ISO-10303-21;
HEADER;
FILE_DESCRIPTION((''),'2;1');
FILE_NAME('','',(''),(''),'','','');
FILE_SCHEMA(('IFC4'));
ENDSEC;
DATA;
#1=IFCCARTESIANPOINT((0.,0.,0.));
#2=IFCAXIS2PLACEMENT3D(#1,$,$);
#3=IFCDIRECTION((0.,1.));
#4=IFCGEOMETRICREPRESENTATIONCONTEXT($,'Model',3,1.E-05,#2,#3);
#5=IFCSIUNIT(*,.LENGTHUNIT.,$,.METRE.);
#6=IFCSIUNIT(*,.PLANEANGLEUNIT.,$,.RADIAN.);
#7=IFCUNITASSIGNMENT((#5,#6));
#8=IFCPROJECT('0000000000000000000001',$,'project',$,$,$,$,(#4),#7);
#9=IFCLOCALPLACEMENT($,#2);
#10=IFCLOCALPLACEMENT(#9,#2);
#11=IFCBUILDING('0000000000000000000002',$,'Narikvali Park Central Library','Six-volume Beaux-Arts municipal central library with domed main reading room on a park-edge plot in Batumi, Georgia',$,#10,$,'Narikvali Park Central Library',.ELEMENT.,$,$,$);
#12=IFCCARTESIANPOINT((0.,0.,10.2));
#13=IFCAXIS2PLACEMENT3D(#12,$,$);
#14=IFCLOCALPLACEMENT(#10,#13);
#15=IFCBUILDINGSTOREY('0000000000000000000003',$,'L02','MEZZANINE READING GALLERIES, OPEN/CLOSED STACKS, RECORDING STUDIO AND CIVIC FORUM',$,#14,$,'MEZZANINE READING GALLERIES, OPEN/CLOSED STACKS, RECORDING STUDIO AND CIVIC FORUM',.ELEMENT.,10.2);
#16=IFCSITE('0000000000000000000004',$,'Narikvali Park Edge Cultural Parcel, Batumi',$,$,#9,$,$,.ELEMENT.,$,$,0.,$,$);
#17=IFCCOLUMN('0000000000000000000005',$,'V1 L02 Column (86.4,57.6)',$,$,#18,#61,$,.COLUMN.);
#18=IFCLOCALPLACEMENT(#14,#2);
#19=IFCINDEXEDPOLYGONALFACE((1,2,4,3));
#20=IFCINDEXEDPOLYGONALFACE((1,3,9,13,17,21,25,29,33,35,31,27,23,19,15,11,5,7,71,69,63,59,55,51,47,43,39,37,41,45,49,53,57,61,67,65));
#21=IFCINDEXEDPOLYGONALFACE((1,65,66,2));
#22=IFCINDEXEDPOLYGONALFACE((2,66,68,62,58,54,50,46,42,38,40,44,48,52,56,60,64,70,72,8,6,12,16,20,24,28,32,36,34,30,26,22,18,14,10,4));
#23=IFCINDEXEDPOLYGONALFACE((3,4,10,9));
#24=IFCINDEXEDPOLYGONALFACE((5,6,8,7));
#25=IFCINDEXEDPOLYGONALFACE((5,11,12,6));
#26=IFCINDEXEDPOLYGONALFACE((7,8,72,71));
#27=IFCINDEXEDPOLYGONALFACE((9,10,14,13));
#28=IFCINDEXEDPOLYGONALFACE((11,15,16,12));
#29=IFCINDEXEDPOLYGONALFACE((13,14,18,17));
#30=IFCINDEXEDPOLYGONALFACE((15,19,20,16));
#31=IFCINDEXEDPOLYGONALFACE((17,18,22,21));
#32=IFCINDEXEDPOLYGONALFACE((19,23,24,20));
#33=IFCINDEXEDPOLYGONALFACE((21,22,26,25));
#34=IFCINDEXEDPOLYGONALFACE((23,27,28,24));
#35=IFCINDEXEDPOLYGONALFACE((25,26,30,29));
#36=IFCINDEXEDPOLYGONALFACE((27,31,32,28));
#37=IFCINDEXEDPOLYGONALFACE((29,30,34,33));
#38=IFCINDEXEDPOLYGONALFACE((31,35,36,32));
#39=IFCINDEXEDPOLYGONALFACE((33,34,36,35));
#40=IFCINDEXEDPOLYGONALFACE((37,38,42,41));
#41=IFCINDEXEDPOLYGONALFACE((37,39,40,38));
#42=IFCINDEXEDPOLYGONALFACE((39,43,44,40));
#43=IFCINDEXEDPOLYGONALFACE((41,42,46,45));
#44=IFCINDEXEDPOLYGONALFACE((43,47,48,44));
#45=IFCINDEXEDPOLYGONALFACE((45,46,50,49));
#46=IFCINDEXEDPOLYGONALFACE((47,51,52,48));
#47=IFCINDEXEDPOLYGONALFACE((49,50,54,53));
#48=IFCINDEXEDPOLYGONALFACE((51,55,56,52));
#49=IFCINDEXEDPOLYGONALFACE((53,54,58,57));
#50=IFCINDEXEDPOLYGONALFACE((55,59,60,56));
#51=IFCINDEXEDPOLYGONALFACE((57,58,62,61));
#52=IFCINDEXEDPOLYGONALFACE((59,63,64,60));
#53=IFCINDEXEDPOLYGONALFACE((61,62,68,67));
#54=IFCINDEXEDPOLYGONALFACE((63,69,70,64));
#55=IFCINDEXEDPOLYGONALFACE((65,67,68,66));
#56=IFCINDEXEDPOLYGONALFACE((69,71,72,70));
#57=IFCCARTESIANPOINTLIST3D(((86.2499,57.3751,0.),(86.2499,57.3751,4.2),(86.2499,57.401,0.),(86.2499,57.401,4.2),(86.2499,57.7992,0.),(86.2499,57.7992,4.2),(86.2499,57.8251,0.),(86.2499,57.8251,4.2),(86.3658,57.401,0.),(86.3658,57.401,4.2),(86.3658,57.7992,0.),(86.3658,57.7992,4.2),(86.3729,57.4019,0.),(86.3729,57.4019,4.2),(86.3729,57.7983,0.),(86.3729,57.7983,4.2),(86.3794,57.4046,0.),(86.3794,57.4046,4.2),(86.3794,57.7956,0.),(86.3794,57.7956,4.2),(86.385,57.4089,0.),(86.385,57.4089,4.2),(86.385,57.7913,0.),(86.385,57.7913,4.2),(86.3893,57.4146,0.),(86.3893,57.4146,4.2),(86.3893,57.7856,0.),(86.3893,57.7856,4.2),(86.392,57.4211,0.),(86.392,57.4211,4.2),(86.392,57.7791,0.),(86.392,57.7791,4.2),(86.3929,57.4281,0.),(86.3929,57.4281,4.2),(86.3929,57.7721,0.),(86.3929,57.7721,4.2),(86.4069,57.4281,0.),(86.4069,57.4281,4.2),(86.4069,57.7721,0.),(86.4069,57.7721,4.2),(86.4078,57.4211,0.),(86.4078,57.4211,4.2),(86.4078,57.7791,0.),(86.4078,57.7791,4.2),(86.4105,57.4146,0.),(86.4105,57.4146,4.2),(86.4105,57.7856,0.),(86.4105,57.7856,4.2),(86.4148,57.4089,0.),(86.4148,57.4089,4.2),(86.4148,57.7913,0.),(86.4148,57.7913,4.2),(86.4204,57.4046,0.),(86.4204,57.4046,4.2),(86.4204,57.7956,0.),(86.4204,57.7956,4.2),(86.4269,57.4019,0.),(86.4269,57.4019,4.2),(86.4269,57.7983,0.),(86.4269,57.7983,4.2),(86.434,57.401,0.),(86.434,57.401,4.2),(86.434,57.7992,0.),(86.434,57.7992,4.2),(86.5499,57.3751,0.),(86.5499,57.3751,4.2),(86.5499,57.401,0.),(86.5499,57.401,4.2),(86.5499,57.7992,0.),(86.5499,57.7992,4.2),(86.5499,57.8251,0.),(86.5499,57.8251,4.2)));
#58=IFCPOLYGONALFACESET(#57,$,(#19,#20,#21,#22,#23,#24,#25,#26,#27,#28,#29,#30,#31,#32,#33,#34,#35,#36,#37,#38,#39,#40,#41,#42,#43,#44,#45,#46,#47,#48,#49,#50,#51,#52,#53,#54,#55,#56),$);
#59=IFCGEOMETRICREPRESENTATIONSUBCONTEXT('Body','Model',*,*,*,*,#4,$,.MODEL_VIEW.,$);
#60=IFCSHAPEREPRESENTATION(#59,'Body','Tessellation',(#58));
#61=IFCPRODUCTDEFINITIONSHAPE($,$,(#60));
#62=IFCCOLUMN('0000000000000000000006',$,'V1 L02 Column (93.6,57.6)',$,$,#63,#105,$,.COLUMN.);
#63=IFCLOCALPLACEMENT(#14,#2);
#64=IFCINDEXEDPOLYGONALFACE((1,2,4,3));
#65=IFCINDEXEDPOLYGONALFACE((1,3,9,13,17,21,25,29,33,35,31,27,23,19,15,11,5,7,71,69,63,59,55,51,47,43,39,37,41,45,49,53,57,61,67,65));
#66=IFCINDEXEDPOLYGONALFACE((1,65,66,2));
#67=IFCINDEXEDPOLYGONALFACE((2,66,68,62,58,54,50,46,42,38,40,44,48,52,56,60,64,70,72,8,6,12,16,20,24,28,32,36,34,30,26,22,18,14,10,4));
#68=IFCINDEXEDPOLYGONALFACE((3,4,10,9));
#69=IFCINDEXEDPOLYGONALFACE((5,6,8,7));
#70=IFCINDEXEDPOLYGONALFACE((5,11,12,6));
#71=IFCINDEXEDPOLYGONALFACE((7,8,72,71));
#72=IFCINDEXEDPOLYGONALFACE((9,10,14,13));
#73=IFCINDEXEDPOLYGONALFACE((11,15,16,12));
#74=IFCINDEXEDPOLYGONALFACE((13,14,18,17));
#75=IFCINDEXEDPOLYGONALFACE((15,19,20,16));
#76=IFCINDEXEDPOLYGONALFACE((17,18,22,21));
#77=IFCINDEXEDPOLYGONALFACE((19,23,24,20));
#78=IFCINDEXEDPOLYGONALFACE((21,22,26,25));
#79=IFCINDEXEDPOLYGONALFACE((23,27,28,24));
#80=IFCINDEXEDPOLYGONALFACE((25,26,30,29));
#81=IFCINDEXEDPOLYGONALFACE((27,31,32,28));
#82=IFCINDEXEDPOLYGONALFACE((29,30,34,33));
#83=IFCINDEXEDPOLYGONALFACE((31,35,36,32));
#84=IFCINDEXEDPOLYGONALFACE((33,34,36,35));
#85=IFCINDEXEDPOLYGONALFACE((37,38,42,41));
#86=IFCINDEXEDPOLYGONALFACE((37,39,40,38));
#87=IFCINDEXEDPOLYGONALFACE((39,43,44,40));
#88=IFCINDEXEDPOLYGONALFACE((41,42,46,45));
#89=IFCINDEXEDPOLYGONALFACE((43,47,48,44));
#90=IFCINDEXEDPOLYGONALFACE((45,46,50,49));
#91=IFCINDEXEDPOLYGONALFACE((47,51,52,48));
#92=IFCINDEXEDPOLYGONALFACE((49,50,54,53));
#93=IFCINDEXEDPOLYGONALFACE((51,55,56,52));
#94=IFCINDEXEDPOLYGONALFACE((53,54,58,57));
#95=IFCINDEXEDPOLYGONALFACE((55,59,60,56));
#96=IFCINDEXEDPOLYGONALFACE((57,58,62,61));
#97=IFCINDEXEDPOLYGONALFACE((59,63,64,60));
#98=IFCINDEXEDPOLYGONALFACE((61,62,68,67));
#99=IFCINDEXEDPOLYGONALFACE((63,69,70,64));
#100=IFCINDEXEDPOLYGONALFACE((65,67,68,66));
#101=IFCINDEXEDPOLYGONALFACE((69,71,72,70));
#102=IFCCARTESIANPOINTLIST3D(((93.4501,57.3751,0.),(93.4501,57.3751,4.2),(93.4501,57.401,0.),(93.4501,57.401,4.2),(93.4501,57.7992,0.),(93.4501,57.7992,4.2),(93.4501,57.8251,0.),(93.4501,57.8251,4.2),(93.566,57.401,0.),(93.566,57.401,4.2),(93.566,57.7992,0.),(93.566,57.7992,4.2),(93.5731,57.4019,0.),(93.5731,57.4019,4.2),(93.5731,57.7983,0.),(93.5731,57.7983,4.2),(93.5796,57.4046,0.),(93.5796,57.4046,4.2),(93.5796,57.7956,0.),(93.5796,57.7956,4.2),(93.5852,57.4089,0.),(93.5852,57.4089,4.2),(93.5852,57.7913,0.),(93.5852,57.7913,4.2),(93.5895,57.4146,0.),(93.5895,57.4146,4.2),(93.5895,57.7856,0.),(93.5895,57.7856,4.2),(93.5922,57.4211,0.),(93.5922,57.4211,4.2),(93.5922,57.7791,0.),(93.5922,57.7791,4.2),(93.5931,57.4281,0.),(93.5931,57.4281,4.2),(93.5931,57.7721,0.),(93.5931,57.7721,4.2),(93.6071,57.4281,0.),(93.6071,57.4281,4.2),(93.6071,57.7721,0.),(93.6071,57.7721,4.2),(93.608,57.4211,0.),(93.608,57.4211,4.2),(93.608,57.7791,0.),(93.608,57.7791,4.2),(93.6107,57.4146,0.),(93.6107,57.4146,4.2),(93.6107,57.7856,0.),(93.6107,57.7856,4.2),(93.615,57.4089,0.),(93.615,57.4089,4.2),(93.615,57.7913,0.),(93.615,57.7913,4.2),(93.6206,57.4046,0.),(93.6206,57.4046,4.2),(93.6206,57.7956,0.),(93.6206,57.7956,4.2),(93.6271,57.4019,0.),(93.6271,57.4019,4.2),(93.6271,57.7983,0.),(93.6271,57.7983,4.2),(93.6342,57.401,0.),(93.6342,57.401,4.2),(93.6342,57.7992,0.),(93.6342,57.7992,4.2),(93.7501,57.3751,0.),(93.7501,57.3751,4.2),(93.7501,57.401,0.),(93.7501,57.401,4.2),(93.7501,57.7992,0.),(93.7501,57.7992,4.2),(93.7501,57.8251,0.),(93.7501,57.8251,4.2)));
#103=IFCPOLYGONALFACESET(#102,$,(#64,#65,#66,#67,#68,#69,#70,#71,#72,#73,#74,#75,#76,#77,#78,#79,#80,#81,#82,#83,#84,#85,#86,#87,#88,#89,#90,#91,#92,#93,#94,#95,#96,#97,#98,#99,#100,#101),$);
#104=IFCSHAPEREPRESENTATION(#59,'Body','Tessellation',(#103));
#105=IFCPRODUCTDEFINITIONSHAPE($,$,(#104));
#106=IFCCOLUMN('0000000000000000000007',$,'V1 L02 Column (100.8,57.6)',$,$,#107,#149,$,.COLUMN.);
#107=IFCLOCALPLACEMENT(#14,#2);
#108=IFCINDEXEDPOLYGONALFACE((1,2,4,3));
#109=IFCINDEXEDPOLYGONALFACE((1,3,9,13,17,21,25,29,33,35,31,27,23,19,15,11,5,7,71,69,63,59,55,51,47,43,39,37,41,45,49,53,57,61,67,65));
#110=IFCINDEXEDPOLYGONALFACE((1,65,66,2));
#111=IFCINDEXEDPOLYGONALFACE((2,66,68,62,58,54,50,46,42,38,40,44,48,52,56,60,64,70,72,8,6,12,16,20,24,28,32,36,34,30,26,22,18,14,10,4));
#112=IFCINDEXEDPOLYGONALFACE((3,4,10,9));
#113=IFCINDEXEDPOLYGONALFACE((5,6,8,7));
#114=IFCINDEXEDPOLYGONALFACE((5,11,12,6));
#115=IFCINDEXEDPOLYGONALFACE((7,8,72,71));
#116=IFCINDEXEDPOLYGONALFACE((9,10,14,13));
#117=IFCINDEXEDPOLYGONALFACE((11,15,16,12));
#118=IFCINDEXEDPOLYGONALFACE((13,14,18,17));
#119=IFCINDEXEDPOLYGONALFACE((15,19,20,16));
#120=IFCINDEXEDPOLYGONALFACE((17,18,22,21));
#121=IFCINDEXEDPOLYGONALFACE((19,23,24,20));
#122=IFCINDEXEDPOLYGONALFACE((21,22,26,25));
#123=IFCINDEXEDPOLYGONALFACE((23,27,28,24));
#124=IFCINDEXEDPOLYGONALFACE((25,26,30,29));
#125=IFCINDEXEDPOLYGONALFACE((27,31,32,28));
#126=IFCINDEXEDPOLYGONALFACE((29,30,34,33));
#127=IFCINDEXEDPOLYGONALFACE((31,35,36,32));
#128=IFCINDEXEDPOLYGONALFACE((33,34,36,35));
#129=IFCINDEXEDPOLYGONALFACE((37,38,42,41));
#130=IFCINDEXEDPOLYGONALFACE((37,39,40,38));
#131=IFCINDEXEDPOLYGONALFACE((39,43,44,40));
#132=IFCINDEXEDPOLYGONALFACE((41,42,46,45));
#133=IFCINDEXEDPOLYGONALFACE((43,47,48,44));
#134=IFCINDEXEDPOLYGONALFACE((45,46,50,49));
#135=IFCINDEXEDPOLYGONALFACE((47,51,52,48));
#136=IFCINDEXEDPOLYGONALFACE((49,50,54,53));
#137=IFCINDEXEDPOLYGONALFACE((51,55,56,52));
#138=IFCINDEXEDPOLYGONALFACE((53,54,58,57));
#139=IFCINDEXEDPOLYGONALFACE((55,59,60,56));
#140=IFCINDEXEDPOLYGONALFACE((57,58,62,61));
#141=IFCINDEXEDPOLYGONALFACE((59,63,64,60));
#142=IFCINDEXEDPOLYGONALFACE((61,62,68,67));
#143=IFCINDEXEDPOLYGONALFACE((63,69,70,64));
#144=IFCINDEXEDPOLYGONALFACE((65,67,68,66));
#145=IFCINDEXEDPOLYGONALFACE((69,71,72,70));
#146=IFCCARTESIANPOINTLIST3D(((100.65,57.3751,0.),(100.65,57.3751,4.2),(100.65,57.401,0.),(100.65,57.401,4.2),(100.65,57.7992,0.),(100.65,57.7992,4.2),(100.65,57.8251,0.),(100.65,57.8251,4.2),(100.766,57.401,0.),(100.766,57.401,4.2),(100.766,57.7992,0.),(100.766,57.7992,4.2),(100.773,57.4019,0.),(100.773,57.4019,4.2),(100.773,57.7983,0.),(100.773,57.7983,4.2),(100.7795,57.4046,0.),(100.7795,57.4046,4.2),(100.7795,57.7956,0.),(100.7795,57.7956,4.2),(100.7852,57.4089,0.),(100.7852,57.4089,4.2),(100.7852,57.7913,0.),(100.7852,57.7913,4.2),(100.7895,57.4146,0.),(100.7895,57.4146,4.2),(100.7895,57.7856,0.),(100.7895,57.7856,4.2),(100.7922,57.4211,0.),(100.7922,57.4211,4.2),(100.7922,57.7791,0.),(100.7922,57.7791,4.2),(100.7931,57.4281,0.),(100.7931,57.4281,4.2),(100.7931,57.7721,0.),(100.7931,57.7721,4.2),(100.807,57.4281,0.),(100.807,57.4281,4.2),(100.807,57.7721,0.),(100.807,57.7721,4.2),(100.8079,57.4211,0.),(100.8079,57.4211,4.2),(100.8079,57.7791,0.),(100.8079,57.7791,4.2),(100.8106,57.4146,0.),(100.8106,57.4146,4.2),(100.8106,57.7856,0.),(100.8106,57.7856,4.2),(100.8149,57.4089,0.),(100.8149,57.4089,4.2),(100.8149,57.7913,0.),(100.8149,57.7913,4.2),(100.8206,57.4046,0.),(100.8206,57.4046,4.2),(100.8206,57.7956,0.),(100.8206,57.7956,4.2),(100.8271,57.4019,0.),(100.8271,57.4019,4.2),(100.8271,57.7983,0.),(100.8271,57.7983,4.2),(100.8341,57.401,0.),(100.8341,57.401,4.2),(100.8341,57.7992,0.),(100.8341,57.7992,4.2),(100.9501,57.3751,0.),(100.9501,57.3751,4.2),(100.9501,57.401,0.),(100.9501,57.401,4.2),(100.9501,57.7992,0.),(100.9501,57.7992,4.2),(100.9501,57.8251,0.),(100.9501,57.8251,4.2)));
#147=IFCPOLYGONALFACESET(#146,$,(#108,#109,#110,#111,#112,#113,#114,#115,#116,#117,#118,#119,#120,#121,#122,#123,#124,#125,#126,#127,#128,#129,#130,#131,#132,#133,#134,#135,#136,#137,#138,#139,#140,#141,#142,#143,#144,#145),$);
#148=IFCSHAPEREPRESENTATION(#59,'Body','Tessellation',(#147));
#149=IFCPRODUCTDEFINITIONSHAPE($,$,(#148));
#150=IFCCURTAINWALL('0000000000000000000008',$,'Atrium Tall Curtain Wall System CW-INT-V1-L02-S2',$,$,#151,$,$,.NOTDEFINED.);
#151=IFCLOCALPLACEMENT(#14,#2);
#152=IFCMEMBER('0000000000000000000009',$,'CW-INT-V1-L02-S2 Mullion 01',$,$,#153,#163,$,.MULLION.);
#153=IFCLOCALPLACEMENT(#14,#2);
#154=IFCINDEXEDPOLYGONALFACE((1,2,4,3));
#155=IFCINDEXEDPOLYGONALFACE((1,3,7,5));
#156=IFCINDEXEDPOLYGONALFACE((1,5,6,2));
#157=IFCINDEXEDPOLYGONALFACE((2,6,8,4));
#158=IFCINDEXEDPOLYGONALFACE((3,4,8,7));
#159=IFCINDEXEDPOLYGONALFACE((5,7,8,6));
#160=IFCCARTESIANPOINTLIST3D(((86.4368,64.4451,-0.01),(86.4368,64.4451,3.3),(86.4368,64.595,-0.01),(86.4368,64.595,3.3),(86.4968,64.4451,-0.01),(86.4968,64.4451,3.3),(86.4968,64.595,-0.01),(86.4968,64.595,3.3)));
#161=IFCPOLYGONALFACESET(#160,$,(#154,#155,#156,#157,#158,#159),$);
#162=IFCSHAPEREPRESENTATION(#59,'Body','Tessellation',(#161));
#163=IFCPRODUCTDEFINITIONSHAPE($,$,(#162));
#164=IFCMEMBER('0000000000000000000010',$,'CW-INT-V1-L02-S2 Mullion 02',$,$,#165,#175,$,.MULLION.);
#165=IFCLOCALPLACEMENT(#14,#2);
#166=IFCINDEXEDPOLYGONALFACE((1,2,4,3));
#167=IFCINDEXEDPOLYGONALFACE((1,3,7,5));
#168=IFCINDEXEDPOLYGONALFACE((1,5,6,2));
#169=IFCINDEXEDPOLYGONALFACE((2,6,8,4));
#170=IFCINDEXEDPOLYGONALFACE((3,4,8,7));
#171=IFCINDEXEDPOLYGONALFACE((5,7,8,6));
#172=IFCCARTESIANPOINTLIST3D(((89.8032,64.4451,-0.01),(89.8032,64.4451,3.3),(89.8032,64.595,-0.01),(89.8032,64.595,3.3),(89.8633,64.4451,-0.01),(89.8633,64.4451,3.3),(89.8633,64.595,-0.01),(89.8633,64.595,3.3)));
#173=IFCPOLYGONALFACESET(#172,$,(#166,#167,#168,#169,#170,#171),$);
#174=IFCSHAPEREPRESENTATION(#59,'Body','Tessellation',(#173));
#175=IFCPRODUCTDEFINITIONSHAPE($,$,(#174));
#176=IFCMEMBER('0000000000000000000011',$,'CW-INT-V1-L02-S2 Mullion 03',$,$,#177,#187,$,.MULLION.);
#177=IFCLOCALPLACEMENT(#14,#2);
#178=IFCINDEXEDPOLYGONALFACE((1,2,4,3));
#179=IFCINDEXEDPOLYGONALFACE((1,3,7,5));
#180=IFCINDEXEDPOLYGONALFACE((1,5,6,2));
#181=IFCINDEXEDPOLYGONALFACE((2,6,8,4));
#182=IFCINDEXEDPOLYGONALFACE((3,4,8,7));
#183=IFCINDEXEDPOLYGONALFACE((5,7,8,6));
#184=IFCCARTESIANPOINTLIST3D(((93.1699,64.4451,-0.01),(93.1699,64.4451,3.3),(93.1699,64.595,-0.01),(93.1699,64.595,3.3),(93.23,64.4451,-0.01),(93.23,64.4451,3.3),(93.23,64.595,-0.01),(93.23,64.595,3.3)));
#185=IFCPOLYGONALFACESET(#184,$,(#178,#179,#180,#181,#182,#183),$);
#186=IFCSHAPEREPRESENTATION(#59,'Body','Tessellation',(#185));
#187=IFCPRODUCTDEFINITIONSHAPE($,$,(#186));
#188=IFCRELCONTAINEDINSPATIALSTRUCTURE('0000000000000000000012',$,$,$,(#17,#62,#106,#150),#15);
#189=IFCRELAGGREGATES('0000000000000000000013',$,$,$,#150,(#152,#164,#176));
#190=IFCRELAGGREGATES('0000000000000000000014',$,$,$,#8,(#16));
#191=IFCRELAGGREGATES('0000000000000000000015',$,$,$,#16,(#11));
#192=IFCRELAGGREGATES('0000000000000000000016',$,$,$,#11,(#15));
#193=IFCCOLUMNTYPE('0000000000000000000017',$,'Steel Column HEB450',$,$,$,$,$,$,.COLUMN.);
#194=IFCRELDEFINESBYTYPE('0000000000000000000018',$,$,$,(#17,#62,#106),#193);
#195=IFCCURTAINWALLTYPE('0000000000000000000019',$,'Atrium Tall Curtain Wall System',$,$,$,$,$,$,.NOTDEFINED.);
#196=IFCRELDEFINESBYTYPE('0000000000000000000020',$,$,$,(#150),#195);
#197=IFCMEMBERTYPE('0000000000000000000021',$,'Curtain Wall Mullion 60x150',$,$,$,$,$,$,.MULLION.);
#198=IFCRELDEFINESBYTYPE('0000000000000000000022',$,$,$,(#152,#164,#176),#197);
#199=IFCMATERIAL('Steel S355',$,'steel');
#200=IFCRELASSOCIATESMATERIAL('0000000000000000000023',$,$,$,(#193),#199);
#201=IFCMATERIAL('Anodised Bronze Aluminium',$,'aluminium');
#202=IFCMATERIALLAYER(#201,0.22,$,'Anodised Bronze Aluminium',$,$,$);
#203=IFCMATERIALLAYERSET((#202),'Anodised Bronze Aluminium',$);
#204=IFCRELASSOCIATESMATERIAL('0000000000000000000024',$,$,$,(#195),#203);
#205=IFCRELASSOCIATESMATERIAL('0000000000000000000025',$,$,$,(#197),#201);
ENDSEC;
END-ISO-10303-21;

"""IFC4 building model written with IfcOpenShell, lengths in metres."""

from ifc_helpers import new_model, si_unit, direction, frame, origin, origin_2d, place, context, subcontext, project, spatial, rectangle, i_section, extrude, material, layer, layer_set, material_profile, profile_set, type_object, element, aggregate, save


model = new_model("IFC4")

# Units and contexts
model_context = context("Model", 3, precision=1e-05, world=origin(), true_north=direction((0.0, 1.0)))
body_context = subcontext(model_context, "Body", "Model", "MODEL_VIEW")
ifc_project = project(units=[si_unit("LENGTHUNIT", "METRE"), si_unit("PLANEANGLEUNIT", "RADIAN")], contexts=[model_context])

# Site, building, storey
site_placement = place(None, origin())
site = spatial("IfcSite", under=ifc_project, at=site_placement, Name="Narikvali Park Edge Cultural Parcel, Batumi", CompositionType="ELEMENT", RefElevation=0.0)
building_placement = place(site_placement, origin())
building = spatial("IfcBuilding", under=site, at=building_placement, Name="Narikvali Park Central Library", Description="Six-volume Beaux-Arts municipal central library with domed main reading room on a park-edge plot in Batumi, Georgia", LongName="Narikvali Park Central Library", CompositionType="ELEMENT")
storey_placement = place(building_placement, frame((0.0, 0.0, 10.2)))
storey = spatial("IfcBuildingStorey", under=building, at=storey_placement, Name="L02", Description="MEZZANINE READING GALLERIES, OPEN/CLOSED STACKS, RECORDING STUDIO AND CIVIC FORUM", LongName="MEZZANINE READING GALLERIES, OPEN/CLOSED STACKS, RECORDING STUDIO AND CIVIC FORUM", CompositionType="ELEMENT", Elevation=10.2)

# Columns
ifc_material_1 = material(Name="Steel S355", Category="steel")
ifc_material_profile_1 = material_profile(ifc_material_1, i_section(OverallWidth=0.3, OverallDepth=0.45, WebThickness=0.0139, FlangeThickness=0.0259, FilletRadius=0.0271, at=origin_2d()), Name="HEB 450")
ifc_profile_set_1 = profile_set([ifc_material_profile_1], Name="Steel S355")
column_type = type_object("IfcColumnType", Name="Steel Column HEB450", PredefinedType="COLUMN", material=ifc_profile_set_1)
for number, where, z_axis, x_axis, name in (
    (1, (86.3999, 57.6001, 0.0), (0.0, 0.0, 1.0), (1.0, 0.0, 0.0), "V1 L02 Column (86.4,57.6)"),
    (2, (93.6001, 57.6001, 0.0), (0.0, 0.0, 1.0), (1.0, 0.0, 0.0), "V1 L02 Column (93.6,57.6)"),
    (3, (100.8, 57.6001, 0.0), (0.0, 0.0, 1.0), (1.0, 0.0, 0.0), "V1 L02 Column (100.8,57.6)"),
):
    element("IfcColumn", number, at=place(storey_placement, frame(where, z_axis=z_axis, x_axis=x_axis)), inside=storey, type_object=column_type, Name=name, PredefinedType="COLUMN", context=body_context, shape_type="SweptSolid", body=[
        extrude(i_section(OverallWidth=0.3, OverallDepth=0.45, WebThickness=0.0139, FlangeThickness=0.0259, FilletRadius=0.0271, at=origin_2d()), origin(), (0.0, 0.0, 1.0), 4.2),
    ])

# Curtain wall, members
ifc_material_2 = material(Name="Anodised Bronze Aluminium", Category="aluminium")
ifc_layer_1 = layer(ifc_material_2, 0.22, Name="Anodised Bronze Aluminium")
ifc_layer_set_1 = layer_set([ifc_layer_1], Name="Anodised Bronze Aluminium")
curtain_wall_type = type_object("IfcCurtainWallType", Name="Atrium Tall Curtain Wall System", PredefinedType="NOTDEFINED", material=ifc_layer_set_1)
curtain_wall_placement = place(storey_placement, origin())
curtain_wall = element("IfcCurtainWall", 4, at=curtain_wall_placement, inside=storey, type_object=curtain_wall_type, Name="Atrium Tall Curtain Wall System CW-INT-V1-L02-S2", PredefinedType="NOTDEFINED")
ifc_material_profile_2 = material_profile(ifc_material_2, rectangle(XDim=0.0601, YDim=0.1499, at=origin_2d()), Name="CW MULLION 60x150")
ifc_profile_set_2 = profile_set([ifc_material_profile_2], Name="Anodised Bronze Aluminium")
member_type = type_object("IfcMemberType", Name="Curtain Wall Mullion 60x150", PredefinedType="MULLION", material=ifc_profile_set_2)
member_1_placement = place(storey_placement, frame((86.4668, 64.52, -0.01), z_axis=(0.0, 0.0, 1.0), x_axis=(1.0, 0.0, 0.0)))
member_1 = element("IfcMember", 5, at=member_1_placement, type_object=member_type, Name="CW-INT-V1-L02-S2 Mullion 01", PredefinedType="MULLION", context=body_context, shape_type="SweptSolid", body=[
    extrude(rectangle(XDim=0.0601, YDim=0.1499, at=origin_2d()), origin(), (0.0, 0.0, 1.0), 3.3101),
])
member_2_placement = place(storey_placement, frame((89.8333, 64.52, -0.01), z_axis=(0.0, 0.0, 1.0), x_axis=(1.0, 0.0, 0.0)))
member_2 = element("IfcMember", 6, at=member_2_placement, type_object=member_type, Name="CW-INT-V1-L02-S2 Mullion 02", PredefinedType="MULLION", context=body_context, shape_type="SweptSolid", body=[
    extrude(rectangle(XDim=0.0601, YDim=0.1499, at=origin_2d()), origin(), (0.0, 0.0, 1.0), 3.3101),
])
member_3_placement = place(storey_placement, frame((93.2, 64.52, -0.01), z_axis=(0.0, 0.0, 1.0), x_axis=(1.0, 0.0, 0.0)))
member_3 = element("IfcMember", 7, at=member_3_placement, type_object=member_type, Name="CW-INT-V1-L02-S2 Mullion 03", PredefinedType="MULLION", context=body_context, shape_type="SweptSolid", body=[
    extrude(rectangle(XDim=0.0601, YDim=0.1499, at=origin_2d()), origin(), (0.0, 0.0, 1.0), 3.3101),
])

aggregate(curtain_wall, [member_1, member_2, member_3])

save(model, "model.ifc")
